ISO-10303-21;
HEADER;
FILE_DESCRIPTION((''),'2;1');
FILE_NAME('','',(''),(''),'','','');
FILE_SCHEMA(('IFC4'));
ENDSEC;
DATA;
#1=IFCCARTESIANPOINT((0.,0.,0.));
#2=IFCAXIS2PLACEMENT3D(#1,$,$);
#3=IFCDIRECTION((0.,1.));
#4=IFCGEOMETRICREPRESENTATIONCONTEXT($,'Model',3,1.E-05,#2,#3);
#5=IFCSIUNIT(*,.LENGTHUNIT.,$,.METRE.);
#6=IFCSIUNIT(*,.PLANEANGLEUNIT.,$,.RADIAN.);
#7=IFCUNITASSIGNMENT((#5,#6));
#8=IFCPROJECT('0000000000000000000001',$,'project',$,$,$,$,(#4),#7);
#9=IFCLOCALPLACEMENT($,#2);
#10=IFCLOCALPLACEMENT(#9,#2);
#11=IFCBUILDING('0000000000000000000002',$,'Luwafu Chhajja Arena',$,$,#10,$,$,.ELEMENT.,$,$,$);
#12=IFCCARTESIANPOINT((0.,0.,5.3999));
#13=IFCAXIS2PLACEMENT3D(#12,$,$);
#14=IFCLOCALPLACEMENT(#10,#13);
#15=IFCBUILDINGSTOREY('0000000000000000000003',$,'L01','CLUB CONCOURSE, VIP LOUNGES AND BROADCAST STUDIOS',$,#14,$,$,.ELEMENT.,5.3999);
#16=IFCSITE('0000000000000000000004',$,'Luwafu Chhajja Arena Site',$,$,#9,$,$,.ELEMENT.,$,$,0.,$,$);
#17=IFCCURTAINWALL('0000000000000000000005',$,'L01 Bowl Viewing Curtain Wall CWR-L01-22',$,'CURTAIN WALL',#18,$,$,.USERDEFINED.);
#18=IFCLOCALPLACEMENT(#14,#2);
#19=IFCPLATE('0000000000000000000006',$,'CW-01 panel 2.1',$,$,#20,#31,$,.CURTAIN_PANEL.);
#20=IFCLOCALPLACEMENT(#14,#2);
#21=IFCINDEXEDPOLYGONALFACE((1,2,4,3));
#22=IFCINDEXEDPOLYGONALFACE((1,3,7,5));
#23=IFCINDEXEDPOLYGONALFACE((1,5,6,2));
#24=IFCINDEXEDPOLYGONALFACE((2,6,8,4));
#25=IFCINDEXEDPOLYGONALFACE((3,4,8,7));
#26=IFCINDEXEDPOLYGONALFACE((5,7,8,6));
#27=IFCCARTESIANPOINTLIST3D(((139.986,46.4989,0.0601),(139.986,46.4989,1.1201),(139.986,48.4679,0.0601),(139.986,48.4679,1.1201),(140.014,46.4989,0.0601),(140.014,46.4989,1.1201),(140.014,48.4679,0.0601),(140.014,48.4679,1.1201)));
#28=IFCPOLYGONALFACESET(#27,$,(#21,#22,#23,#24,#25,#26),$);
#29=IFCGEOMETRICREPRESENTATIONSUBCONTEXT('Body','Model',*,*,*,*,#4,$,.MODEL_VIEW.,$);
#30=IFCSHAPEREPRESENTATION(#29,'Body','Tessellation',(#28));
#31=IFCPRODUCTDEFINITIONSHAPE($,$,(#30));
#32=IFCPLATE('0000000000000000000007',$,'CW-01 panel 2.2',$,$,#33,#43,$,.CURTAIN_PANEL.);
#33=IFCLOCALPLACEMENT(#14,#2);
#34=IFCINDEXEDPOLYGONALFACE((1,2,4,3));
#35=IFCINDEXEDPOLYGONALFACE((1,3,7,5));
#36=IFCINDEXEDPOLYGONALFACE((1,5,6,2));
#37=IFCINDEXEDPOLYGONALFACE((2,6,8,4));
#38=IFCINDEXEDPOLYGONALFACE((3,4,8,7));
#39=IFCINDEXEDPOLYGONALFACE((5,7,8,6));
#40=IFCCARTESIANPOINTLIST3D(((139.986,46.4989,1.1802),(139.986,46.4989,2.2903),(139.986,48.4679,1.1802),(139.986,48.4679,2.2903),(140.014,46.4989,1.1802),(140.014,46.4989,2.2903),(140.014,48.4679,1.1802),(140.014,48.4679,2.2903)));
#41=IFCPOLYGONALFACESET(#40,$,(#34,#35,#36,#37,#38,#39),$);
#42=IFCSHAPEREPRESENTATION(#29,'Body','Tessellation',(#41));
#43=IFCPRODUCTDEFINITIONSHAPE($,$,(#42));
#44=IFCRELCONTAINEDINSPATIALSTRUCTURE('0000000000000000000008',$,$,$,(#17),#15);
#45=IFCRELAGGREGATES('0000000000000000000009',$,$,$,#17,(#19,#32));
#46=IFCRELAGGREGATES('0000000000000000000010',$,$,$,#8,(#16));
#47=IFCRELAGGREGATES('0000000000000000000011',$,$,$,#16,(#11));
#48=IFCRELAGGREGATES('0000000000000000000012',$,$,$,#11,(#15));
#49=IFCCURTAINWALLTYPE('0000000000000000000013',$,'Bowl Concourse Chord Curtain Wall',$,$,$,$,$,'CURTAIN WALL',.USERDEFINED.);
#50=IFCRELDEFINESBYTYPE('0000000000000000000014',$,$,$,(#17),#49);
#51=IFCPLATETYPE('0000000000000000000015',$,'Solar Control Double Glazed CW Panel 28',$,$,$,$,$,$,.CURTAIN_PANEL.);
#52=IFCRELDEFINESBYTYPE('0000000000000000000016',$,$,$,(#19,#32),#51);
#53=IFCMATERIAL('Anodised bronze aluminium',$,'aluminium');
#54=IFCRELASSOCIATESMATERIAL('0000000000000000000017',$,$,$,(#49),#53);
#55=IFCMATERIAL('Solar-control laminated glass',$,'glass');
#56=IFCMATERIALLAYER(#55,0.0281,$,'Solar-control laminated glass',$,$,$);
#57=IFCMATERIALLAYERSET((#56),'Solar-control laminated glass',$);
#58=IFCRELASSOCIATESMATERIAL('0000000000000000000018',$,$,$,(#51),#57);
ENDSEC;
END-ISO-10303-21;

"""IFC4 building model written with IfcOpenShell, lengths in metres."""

from ifc_helpers import new_model, si_unit, direction, frame, origin, origin_2d, place, context, subcontext, project, spatial, rectangle, extrude, material, layer, layer_set, type_object, element, aggregate, save


model = new_model("IFC4")

# Units and contexts
model_context = context("Model", 3, precision=1e-05, world=origin(), true_north=direction((0.0, 1.0)))
body_context = subcontext(model_context, "Body", "Model", "MODEL_VIEW")
ifc_project = project(units=[si_unit("LENGTHUNIT", "METRE"), si_unit("PLANEANGLEUNIT", "RADIAN")], contexts=[model_context])

# Site, building, storey
site_placement = place(None, origin())
site = spatial("IfcSite", under=ifc_project, at=site_placement, Name="Luwafu Chhajja Arena Site", CompositionType="ELEMENT", RefElevation=0.0)
building_placement = place(site_placement, origin())
building = spatial("IfcBuilding", under=site, at=building_placement, Name="Luwafu Chhajja Arena", CompositionType="ELEMENT")
storey_placement = place(building_placement, frame((0.0, 0.0, 5.3999)))
storey = spatial("IfcBuildingStorey", under=building, at=storey_placement, Name="L01", Description="CLUB CONCOURSE, VIP LOUNGES AND BROADCAST STUDIOS", CompositionType="ELEMENT", Elevation=5.3999)

# Curtain wall
ifc_material_1 = material(Name="Anodised bronze aluminium", Category="aluminium")
curtain_wall_type = type_object("IfcCurtainWallType", Name="Bowl Concourse Chord Curtain Wall", ElementType="CURTAIN WALL", PredefinedType="USERDEFINED", material=ifc_material_1)
curtain_wall_1_placement = place(storey_placement, origin())
curtain_wall_1 = element("IfcCurtainWall", 1, at=curtain_wall_1_placement, inside=storey, type_object=curtain_wall_type, Name="L01 Bowl Viewing Curtain Wall CWR-L01-22", ObjectType="CURTAIN WALL", PredefinedType="USERDEFINED")

# Plates
ifc_material_2 = material(Name="Solar-control laminated glass", Category="glass")
ifc_layer_1 = layer(ifc_material_2, 0.0281, Name="Solar-control laminated glass")
ifc_layer_set_1 = layer_set([ifc_layer_1], Name="Solar-control laminated glass")
plate_type_1 = type_object("IfcPlateType", Name="Solar Control Double Glazed CW Panel 28", PredefinedType="CURTAIN_PANEL", material=ifc_layer_set_1)
plate_1_placement = place(storey_placement, frame((140.0, 47.4834, 0.0601), z_axis=(0.0, 0.0, 1.0), x_axis=(0.0, 1.0, 0.0)))
plate_1 = element("IfcPlate", 2, at=plate_1_placement, type_object=plate_type_1, Name="CW-01 panel 2.1", PredefinedType="CURTAIN_PANEL", context=body_context, shape_type="SweptSolid", body=[
    extrude(rectangle(XDim=1.969, YDim=0.0281, at=origin_2d()), origin(), (0.0, 0.0, 1.0), 1.0601),
])
plate_2_placement = place(storey_placement, frame((140.0, 47.4834, 1.1802), z_axis=(0.0, 0.0, 1.0), x_axis=(0.0, 1.0, 0.0)))
plate_2 = element("IfcPlate", 3, at=plate_2_placement, type_object=plate_type_1, Name="CW-01 panel 2.2", PredefinedType="CURTAIN_PANEL", context=body_context, shape_type="SweptSolid", body=[
    extrude(rectangle(XDim=1.969, YDim=0.0281, at=origin_2d()), origin(), (0.0, 0.0, 1.0), 1.1101),
])
aggregate(curtain_wall_1, [plate_1, plate_2])

save(model, "model.ifc")
